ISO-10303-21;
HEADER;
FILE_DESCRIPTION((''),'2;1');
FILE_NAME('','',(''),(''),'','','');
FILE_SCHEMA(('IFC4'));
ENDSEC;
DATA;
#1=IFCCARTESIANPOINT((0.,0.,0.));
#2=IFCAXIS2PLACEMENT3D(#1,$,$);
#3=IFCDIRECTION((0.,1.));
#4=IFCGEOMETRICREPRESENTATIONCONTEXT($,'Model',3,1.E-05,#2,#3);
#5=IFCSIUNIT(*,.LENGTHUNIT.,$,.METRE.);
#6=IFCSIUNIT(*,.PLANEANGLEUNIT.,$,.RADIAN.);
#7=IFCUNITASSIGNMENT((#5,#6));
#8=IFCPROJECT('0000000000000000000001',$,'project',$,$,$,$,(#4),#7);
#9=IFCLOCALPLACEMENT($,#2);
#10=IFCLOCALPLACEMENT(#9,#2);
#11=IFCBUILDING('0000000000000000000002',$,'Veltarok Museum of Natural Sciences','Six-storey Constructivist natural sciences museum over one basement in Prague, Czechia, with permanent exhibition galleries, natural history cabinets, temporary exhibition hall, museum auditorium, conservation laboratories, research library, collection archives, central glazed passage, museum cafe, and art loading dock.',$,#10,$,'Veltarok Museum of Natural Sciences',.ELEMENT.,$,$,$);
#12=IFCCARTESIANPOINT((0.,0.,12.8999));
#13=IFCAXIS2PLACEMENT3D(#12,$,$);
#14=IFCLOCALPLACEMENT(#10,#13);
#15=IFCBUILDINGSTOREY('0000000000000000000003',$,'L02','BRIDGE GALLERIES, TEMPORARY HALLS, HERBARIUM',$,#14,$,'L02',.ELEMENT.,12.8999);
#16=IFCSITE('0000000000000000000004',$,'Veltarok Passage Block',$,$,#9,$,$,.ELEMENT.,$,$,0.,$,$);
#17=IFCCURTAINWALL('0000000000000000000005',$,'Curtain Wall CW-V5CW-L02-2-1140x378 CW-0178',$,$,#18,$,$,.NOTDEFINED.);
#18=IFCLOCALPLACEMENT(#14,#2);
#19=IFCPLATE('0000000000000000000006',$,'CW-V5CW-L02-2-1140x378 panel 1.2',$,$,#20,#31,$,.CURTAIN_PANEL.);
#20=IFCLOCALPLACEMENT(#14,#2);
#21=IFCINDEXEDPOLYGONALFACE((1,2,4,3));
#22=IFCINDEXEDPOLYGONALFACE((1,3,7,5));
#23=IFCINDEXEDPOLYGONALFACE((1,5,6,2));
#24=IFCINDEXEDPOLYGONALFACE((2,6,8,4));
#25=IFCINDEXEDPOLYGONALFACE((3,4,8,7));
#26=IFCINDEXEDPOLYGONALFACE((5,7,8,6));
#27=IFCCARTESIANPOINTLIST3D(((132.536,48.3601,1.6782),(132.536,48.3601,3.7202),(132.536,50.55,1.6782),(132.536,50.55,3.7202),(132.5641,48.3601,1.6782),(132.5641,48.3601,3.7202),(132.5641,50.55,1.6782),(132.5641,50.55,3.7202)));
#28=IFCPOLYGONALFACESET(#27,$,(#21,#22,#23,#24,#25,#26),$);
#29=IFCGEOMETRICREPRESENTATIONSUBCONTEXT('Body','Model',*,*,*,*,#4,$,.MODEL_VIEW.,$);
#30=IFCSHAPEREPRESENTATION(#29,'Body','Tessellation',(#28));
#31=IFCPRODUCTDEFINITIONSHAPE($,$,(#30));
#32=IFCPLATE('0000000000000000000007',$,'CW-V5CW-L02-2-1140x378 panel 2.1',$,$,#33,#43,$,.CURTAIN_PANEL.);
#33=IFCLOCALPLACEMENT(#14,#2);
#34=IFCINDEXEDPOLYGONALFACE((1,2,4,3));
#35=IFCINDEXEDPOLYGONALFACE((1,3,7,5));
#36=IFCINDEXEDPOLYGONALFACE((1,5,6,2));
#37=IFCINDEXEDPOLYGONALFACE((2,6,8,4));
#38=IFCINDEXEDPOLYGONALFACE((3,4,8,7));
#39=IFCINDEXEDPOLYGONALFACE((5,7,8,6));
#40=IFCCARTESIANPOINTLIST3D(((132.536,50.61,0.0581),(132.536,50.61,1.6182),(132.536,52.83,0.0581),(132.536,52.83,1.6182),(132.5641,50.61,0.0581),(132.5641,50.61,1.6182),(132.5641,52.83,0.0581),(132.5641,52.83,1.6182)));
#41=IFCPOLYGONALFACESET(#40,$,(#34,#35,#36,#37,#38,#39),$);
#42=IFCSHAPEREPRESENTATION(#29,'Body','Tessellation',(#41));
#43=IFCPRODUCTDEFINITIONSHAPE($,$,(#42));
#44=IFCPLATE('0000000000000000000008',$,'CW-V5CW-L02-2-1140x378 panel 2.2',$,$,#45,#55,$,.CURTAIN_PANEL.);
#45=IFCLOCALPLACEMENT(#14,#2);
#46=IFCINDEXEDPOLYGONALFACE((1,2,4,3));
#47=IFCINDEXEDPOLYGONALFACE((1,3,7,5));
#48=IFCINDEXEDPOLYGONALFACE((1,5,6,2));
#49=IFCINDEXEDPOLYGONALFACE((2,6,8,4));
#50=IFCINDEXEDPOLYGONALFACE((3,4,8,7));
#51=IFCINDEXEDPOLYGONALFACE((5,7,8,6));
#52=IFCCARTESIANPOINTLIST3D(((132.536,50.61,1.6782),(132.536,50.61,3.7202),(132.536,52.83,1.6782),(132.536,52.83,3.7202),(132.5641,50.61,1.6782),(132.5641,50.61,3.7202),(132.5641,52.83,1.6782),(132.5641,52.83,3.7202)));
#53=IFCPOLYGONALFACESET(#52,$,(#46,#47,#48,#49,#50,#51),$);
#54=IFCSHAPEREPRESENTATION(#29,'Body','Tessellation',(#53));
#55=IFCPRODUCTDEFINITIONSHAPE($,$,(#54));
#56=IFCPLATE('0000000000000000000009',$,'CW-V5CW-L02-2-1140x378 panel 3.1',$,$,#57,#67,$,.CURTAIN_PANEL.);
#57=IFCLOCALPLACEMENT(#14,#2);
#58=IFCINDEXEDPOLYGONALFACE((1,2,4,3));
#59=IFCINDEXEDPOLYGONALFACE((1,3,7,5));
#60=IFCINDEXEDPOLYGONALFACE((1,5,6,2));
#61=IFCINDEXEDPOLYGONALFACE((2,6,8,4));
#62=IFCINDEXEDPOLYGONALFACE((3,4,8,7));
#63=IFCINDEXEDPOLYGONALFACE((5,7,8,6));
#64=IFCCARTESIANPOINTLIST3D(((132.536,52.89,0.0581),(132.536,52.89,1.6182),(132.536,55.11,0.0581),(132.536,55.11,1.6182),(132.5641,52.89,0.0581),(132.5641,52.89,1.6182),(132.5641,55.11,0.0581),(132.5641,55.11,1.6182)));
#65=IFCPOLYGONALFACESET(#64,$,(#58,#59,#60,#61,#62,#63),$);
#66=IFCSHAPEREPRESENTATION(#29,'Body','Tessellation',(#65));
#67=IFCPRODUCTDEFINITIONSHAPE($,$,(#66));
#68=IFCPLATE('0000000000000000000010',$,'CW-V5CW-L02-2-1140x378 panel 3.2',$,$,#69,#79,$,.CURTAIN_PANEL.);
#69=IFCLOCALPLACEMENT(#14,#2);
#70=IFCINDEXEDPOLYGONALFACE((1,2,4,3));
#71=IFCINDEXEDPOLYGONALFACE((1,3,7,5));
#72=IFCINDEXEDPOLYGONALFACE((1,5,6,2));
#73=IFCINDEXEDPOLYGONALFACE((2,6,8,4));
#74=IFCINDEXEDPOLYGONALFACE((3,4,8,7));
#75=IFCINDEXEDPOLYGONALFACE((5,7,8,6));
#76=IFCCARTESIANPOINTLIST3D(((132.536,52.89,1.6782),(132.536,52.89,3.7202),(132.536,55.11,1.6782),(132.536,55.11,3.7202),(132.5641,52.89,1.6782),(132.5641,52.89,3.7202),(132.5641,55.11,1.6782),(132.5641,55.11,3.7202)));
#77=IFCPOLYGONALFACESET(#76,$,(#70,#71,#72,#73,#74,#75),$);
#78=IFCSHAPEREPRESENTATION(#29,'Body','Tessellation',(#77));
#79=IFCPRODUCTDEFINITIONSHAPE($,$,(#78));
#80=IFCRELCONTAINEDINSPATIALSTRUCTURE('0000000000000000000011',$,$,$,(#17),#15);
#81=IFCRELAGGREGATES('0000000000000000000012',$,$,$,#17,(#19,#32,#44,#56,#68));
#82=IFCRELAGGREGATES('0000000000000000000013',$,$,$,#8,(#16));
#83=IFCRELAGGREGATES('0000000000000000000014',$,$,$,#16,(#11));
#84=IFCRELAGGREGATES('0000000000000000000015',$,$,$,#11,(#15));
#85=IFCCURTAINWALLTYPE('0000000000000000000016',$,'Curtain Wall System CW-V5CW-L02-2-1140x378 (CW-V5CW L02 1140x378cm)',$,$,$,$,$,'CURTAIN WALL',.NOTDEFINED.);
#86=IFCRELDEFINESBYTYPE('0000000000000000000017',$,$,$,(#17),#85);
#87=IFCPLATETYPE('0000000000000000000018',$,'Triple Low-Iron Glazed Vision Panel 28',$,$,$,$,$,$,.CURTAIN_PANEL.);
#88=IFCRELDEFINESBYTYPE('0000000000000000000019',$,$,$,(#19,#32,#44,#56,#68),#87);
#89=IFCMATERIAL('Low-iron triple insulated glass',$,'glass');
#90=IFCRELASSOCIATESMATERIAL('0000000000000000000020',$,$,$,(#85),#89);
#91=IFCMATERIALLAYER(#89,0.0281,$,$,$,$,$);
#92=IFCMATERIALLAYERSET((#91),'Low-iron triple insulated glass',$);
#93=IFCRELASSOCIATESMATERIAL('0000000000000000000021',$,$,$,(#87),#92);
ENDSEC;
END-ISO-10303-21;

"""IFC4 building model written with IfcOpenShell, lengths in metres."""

from ifc_helpers import new_model, si_unit, direction, frame, origin, origin_2d, place, context, subcontext, project, spatial, rectangle, extrude, material, layer, layer_set, type_object, element, aggregate, save


model = new_model("IFC4")

# Units and contexts
model_context = context("Model", 3, precision=1e-05, world=origin(), true_north=direction((0.0, 1.0)))
body_context = subcontext(model_context, "Body", "Model", "MODEL_VIEW")
ifc_project = project(units=[si_unit("LENGTHUNIT", "METRE"), si_unit("PLANEANGLEUNIT", "RADIAN")], contexts=[model_context])

# Site, building, storey
site_placement = place(None, origin())
site = spatial("IfcSite", under=ifc_project, at=site_placement, Name="Veltarok Passage Block", CompositionType="ELEMENT", RefElevation=0.0)
building_placement = place(site_placement, origin())
building = spatial("IfcBuilding", under=site, at=building_placement, Name="Veltarok Museum of Natural Sciences", Description="Six-storey Constructivist natural sciences museum over one basement in Prague, Czechia, with permanent exhibition galleries, natural history cabinets, temporary exhibition hall, museum auditorium, conservation laboratories, research library, collection archives, central glazed passage, museum cafe, and art loading dock.", LongName="Veltarok Museum of Natural Sciences", CompositionType="ELEMENT")
storey_placement = place(building_placement, frame((0.0, 0.0, 12.8999)))
storey = spatial("IfcBuildingStorey", under=building, at=storey_placement, Name="L02", Description="BRIDGE GALLERIES, TEMPORARY HALLS, HERBARIUM", LongName="L02", CompositionType="ELEMENT", Elevation=12.8999)

# Curtain wall
ifc_material_1 = material(Name="Low-iron triple insulated glass", Category="glass")
curtain_wall_type_1 = type_object("IfcCurtainWallType", Name="Curtain Wall System CW-V5CW-L02-2-1140x378 (CW-V5CW L02 1140x378cm)", ElementType="CURTAIN WALL", PredefinedType="NOTDEFINED", material=ifc_material_1)
curtain_wall_1_placement = place(storey_placement, origin())
curtain_wall_1 = element("IfcCurtainWall", 1, at=curtain_wall_1_placement, inside=storey, type_object=curtain_wall_type_1, Name="Curtain Wall CW-V5CW-L02-2-1140x378 CW-0178", PredefinedType="NOTDEFINED")

# Plates
ifc_layer = layer(ifc_material_1, 0.0281)
ifc_layer_set = layer_set([ifc_layer], Name="Low-iron triple insulated glass")
plate_type = type_object("IfcPlateType", Name="Triple Low-Iron Glazed Vision Panel 28", PredefinedType="CURTAIN_PANEL", material=ifc_layer_set)
plate_1_placement = place(storey_placement, frame((132.55, 49.4551, 1.6782), z_axis=(0.0, 0.0, 1.0), x_axis=(0.0, 1.0, 0.0)))
plate_1 = element("IfcPlate", 2, at=plate_1_placement, type_object=plate_type, Name="CW-V5CW-L02-2-1140x378 panel 1.2", PredefinedType="CURTAIN_PANEL", context=body_context, shape_type="SweptSolid", body=[
    extrude(rectangle(XDim=2.1899, YDim=0.0281, at=origin_2d()), origin(), (0.0, 0.0, 1.0), 2.042),
])
plate_2_placement = place(storey_placement, frame((132.55, 51.72, 0.0581), z_axis=(0.0, 0.0, 1.0), x_axis=(0.0, 1.0, 0.0)))
plate_2 = element("IfcPlate", 3, at=plate_2_placement, type_object=plate_type, Name="CW-V5CW-L02-2-1140x378 panel 2.1", PredefinedType="CURTAIN_PANEL", context=body_context, shape_type="SweptSolid", body=[
    extrude(rectangle(XDim=2.22, YDim=0.0281, at=origin_2d()), origin(), (0.0, 0.0, 1.0), 1.5601),
])
plate_3_placement = place(storey_placement, frame((132.55, 51.72, 1.6782), z_axis=(0.0, 0.0, 1.0), x_axis=(0.0, 1.0, 0.0)))
plate_3 = element("IfcPlate", 4, at=plate_3_placement, type_object=plate_type, Name="CW-V5CW-L02-2-1140x378 panel 2.2", PredefinedType="CURTAIN_PANEL", context=body_context, shape_type="SweptSolid", body=[
    extrude(rectangle(XDim=2.22, YDim=0.0281, at=origin_2d()), origin(), (0.0, 0.0, 1.0), 2.042),
])
plate_4_placement = place(storey_placement, frame((132.55, 54.0, 0.0581), z_axis=(0.0, 0.0, 1.0), x_axis=(0.0, 1.0, 0.0)))
plate_4 = element("IfcPlate", 5, at=plate_4_placement, type_object=plate_type, Name="CW-V5CW-L02-2-1140x378 panel 3.1", PredefinedType="CURTAIN_PANEL", context=body_context, shape_type="SweptSolid", body=[
    extrude(rectangle(XDim=2.22, YDim=0.0281, at=origin_2d()), origin(), (0.0, 0.0, 1.0), 1.5601),
])
plate_5_placement = place(storey_placement, frame((132.55, 54.0, 1.6782), z_axis=(0.0, 0.0, 1.0), x_axis=(0.0, 1.0, 0.0)))
plate_5 = element("IfcPlate", 6, at=plate_5_placement, type_object=plate_type, Name="CW-V5CW-L02-2-1140x378 panel 3.2", PredefinedType="CURTAIN_PANEL", context=body_context, shape_type="SweptSolid", body=[
    extrude(rectangle(XDim=2.22, YDim=0.0281, at=origin_2d()), origin(), (0.0, 0.0, 1.0), 2.042),
])
aggregate(curtain_wall_1, [plate_1, plate_2, plate_3, plate_4, plate_5])

save(model, "model.ifc")
